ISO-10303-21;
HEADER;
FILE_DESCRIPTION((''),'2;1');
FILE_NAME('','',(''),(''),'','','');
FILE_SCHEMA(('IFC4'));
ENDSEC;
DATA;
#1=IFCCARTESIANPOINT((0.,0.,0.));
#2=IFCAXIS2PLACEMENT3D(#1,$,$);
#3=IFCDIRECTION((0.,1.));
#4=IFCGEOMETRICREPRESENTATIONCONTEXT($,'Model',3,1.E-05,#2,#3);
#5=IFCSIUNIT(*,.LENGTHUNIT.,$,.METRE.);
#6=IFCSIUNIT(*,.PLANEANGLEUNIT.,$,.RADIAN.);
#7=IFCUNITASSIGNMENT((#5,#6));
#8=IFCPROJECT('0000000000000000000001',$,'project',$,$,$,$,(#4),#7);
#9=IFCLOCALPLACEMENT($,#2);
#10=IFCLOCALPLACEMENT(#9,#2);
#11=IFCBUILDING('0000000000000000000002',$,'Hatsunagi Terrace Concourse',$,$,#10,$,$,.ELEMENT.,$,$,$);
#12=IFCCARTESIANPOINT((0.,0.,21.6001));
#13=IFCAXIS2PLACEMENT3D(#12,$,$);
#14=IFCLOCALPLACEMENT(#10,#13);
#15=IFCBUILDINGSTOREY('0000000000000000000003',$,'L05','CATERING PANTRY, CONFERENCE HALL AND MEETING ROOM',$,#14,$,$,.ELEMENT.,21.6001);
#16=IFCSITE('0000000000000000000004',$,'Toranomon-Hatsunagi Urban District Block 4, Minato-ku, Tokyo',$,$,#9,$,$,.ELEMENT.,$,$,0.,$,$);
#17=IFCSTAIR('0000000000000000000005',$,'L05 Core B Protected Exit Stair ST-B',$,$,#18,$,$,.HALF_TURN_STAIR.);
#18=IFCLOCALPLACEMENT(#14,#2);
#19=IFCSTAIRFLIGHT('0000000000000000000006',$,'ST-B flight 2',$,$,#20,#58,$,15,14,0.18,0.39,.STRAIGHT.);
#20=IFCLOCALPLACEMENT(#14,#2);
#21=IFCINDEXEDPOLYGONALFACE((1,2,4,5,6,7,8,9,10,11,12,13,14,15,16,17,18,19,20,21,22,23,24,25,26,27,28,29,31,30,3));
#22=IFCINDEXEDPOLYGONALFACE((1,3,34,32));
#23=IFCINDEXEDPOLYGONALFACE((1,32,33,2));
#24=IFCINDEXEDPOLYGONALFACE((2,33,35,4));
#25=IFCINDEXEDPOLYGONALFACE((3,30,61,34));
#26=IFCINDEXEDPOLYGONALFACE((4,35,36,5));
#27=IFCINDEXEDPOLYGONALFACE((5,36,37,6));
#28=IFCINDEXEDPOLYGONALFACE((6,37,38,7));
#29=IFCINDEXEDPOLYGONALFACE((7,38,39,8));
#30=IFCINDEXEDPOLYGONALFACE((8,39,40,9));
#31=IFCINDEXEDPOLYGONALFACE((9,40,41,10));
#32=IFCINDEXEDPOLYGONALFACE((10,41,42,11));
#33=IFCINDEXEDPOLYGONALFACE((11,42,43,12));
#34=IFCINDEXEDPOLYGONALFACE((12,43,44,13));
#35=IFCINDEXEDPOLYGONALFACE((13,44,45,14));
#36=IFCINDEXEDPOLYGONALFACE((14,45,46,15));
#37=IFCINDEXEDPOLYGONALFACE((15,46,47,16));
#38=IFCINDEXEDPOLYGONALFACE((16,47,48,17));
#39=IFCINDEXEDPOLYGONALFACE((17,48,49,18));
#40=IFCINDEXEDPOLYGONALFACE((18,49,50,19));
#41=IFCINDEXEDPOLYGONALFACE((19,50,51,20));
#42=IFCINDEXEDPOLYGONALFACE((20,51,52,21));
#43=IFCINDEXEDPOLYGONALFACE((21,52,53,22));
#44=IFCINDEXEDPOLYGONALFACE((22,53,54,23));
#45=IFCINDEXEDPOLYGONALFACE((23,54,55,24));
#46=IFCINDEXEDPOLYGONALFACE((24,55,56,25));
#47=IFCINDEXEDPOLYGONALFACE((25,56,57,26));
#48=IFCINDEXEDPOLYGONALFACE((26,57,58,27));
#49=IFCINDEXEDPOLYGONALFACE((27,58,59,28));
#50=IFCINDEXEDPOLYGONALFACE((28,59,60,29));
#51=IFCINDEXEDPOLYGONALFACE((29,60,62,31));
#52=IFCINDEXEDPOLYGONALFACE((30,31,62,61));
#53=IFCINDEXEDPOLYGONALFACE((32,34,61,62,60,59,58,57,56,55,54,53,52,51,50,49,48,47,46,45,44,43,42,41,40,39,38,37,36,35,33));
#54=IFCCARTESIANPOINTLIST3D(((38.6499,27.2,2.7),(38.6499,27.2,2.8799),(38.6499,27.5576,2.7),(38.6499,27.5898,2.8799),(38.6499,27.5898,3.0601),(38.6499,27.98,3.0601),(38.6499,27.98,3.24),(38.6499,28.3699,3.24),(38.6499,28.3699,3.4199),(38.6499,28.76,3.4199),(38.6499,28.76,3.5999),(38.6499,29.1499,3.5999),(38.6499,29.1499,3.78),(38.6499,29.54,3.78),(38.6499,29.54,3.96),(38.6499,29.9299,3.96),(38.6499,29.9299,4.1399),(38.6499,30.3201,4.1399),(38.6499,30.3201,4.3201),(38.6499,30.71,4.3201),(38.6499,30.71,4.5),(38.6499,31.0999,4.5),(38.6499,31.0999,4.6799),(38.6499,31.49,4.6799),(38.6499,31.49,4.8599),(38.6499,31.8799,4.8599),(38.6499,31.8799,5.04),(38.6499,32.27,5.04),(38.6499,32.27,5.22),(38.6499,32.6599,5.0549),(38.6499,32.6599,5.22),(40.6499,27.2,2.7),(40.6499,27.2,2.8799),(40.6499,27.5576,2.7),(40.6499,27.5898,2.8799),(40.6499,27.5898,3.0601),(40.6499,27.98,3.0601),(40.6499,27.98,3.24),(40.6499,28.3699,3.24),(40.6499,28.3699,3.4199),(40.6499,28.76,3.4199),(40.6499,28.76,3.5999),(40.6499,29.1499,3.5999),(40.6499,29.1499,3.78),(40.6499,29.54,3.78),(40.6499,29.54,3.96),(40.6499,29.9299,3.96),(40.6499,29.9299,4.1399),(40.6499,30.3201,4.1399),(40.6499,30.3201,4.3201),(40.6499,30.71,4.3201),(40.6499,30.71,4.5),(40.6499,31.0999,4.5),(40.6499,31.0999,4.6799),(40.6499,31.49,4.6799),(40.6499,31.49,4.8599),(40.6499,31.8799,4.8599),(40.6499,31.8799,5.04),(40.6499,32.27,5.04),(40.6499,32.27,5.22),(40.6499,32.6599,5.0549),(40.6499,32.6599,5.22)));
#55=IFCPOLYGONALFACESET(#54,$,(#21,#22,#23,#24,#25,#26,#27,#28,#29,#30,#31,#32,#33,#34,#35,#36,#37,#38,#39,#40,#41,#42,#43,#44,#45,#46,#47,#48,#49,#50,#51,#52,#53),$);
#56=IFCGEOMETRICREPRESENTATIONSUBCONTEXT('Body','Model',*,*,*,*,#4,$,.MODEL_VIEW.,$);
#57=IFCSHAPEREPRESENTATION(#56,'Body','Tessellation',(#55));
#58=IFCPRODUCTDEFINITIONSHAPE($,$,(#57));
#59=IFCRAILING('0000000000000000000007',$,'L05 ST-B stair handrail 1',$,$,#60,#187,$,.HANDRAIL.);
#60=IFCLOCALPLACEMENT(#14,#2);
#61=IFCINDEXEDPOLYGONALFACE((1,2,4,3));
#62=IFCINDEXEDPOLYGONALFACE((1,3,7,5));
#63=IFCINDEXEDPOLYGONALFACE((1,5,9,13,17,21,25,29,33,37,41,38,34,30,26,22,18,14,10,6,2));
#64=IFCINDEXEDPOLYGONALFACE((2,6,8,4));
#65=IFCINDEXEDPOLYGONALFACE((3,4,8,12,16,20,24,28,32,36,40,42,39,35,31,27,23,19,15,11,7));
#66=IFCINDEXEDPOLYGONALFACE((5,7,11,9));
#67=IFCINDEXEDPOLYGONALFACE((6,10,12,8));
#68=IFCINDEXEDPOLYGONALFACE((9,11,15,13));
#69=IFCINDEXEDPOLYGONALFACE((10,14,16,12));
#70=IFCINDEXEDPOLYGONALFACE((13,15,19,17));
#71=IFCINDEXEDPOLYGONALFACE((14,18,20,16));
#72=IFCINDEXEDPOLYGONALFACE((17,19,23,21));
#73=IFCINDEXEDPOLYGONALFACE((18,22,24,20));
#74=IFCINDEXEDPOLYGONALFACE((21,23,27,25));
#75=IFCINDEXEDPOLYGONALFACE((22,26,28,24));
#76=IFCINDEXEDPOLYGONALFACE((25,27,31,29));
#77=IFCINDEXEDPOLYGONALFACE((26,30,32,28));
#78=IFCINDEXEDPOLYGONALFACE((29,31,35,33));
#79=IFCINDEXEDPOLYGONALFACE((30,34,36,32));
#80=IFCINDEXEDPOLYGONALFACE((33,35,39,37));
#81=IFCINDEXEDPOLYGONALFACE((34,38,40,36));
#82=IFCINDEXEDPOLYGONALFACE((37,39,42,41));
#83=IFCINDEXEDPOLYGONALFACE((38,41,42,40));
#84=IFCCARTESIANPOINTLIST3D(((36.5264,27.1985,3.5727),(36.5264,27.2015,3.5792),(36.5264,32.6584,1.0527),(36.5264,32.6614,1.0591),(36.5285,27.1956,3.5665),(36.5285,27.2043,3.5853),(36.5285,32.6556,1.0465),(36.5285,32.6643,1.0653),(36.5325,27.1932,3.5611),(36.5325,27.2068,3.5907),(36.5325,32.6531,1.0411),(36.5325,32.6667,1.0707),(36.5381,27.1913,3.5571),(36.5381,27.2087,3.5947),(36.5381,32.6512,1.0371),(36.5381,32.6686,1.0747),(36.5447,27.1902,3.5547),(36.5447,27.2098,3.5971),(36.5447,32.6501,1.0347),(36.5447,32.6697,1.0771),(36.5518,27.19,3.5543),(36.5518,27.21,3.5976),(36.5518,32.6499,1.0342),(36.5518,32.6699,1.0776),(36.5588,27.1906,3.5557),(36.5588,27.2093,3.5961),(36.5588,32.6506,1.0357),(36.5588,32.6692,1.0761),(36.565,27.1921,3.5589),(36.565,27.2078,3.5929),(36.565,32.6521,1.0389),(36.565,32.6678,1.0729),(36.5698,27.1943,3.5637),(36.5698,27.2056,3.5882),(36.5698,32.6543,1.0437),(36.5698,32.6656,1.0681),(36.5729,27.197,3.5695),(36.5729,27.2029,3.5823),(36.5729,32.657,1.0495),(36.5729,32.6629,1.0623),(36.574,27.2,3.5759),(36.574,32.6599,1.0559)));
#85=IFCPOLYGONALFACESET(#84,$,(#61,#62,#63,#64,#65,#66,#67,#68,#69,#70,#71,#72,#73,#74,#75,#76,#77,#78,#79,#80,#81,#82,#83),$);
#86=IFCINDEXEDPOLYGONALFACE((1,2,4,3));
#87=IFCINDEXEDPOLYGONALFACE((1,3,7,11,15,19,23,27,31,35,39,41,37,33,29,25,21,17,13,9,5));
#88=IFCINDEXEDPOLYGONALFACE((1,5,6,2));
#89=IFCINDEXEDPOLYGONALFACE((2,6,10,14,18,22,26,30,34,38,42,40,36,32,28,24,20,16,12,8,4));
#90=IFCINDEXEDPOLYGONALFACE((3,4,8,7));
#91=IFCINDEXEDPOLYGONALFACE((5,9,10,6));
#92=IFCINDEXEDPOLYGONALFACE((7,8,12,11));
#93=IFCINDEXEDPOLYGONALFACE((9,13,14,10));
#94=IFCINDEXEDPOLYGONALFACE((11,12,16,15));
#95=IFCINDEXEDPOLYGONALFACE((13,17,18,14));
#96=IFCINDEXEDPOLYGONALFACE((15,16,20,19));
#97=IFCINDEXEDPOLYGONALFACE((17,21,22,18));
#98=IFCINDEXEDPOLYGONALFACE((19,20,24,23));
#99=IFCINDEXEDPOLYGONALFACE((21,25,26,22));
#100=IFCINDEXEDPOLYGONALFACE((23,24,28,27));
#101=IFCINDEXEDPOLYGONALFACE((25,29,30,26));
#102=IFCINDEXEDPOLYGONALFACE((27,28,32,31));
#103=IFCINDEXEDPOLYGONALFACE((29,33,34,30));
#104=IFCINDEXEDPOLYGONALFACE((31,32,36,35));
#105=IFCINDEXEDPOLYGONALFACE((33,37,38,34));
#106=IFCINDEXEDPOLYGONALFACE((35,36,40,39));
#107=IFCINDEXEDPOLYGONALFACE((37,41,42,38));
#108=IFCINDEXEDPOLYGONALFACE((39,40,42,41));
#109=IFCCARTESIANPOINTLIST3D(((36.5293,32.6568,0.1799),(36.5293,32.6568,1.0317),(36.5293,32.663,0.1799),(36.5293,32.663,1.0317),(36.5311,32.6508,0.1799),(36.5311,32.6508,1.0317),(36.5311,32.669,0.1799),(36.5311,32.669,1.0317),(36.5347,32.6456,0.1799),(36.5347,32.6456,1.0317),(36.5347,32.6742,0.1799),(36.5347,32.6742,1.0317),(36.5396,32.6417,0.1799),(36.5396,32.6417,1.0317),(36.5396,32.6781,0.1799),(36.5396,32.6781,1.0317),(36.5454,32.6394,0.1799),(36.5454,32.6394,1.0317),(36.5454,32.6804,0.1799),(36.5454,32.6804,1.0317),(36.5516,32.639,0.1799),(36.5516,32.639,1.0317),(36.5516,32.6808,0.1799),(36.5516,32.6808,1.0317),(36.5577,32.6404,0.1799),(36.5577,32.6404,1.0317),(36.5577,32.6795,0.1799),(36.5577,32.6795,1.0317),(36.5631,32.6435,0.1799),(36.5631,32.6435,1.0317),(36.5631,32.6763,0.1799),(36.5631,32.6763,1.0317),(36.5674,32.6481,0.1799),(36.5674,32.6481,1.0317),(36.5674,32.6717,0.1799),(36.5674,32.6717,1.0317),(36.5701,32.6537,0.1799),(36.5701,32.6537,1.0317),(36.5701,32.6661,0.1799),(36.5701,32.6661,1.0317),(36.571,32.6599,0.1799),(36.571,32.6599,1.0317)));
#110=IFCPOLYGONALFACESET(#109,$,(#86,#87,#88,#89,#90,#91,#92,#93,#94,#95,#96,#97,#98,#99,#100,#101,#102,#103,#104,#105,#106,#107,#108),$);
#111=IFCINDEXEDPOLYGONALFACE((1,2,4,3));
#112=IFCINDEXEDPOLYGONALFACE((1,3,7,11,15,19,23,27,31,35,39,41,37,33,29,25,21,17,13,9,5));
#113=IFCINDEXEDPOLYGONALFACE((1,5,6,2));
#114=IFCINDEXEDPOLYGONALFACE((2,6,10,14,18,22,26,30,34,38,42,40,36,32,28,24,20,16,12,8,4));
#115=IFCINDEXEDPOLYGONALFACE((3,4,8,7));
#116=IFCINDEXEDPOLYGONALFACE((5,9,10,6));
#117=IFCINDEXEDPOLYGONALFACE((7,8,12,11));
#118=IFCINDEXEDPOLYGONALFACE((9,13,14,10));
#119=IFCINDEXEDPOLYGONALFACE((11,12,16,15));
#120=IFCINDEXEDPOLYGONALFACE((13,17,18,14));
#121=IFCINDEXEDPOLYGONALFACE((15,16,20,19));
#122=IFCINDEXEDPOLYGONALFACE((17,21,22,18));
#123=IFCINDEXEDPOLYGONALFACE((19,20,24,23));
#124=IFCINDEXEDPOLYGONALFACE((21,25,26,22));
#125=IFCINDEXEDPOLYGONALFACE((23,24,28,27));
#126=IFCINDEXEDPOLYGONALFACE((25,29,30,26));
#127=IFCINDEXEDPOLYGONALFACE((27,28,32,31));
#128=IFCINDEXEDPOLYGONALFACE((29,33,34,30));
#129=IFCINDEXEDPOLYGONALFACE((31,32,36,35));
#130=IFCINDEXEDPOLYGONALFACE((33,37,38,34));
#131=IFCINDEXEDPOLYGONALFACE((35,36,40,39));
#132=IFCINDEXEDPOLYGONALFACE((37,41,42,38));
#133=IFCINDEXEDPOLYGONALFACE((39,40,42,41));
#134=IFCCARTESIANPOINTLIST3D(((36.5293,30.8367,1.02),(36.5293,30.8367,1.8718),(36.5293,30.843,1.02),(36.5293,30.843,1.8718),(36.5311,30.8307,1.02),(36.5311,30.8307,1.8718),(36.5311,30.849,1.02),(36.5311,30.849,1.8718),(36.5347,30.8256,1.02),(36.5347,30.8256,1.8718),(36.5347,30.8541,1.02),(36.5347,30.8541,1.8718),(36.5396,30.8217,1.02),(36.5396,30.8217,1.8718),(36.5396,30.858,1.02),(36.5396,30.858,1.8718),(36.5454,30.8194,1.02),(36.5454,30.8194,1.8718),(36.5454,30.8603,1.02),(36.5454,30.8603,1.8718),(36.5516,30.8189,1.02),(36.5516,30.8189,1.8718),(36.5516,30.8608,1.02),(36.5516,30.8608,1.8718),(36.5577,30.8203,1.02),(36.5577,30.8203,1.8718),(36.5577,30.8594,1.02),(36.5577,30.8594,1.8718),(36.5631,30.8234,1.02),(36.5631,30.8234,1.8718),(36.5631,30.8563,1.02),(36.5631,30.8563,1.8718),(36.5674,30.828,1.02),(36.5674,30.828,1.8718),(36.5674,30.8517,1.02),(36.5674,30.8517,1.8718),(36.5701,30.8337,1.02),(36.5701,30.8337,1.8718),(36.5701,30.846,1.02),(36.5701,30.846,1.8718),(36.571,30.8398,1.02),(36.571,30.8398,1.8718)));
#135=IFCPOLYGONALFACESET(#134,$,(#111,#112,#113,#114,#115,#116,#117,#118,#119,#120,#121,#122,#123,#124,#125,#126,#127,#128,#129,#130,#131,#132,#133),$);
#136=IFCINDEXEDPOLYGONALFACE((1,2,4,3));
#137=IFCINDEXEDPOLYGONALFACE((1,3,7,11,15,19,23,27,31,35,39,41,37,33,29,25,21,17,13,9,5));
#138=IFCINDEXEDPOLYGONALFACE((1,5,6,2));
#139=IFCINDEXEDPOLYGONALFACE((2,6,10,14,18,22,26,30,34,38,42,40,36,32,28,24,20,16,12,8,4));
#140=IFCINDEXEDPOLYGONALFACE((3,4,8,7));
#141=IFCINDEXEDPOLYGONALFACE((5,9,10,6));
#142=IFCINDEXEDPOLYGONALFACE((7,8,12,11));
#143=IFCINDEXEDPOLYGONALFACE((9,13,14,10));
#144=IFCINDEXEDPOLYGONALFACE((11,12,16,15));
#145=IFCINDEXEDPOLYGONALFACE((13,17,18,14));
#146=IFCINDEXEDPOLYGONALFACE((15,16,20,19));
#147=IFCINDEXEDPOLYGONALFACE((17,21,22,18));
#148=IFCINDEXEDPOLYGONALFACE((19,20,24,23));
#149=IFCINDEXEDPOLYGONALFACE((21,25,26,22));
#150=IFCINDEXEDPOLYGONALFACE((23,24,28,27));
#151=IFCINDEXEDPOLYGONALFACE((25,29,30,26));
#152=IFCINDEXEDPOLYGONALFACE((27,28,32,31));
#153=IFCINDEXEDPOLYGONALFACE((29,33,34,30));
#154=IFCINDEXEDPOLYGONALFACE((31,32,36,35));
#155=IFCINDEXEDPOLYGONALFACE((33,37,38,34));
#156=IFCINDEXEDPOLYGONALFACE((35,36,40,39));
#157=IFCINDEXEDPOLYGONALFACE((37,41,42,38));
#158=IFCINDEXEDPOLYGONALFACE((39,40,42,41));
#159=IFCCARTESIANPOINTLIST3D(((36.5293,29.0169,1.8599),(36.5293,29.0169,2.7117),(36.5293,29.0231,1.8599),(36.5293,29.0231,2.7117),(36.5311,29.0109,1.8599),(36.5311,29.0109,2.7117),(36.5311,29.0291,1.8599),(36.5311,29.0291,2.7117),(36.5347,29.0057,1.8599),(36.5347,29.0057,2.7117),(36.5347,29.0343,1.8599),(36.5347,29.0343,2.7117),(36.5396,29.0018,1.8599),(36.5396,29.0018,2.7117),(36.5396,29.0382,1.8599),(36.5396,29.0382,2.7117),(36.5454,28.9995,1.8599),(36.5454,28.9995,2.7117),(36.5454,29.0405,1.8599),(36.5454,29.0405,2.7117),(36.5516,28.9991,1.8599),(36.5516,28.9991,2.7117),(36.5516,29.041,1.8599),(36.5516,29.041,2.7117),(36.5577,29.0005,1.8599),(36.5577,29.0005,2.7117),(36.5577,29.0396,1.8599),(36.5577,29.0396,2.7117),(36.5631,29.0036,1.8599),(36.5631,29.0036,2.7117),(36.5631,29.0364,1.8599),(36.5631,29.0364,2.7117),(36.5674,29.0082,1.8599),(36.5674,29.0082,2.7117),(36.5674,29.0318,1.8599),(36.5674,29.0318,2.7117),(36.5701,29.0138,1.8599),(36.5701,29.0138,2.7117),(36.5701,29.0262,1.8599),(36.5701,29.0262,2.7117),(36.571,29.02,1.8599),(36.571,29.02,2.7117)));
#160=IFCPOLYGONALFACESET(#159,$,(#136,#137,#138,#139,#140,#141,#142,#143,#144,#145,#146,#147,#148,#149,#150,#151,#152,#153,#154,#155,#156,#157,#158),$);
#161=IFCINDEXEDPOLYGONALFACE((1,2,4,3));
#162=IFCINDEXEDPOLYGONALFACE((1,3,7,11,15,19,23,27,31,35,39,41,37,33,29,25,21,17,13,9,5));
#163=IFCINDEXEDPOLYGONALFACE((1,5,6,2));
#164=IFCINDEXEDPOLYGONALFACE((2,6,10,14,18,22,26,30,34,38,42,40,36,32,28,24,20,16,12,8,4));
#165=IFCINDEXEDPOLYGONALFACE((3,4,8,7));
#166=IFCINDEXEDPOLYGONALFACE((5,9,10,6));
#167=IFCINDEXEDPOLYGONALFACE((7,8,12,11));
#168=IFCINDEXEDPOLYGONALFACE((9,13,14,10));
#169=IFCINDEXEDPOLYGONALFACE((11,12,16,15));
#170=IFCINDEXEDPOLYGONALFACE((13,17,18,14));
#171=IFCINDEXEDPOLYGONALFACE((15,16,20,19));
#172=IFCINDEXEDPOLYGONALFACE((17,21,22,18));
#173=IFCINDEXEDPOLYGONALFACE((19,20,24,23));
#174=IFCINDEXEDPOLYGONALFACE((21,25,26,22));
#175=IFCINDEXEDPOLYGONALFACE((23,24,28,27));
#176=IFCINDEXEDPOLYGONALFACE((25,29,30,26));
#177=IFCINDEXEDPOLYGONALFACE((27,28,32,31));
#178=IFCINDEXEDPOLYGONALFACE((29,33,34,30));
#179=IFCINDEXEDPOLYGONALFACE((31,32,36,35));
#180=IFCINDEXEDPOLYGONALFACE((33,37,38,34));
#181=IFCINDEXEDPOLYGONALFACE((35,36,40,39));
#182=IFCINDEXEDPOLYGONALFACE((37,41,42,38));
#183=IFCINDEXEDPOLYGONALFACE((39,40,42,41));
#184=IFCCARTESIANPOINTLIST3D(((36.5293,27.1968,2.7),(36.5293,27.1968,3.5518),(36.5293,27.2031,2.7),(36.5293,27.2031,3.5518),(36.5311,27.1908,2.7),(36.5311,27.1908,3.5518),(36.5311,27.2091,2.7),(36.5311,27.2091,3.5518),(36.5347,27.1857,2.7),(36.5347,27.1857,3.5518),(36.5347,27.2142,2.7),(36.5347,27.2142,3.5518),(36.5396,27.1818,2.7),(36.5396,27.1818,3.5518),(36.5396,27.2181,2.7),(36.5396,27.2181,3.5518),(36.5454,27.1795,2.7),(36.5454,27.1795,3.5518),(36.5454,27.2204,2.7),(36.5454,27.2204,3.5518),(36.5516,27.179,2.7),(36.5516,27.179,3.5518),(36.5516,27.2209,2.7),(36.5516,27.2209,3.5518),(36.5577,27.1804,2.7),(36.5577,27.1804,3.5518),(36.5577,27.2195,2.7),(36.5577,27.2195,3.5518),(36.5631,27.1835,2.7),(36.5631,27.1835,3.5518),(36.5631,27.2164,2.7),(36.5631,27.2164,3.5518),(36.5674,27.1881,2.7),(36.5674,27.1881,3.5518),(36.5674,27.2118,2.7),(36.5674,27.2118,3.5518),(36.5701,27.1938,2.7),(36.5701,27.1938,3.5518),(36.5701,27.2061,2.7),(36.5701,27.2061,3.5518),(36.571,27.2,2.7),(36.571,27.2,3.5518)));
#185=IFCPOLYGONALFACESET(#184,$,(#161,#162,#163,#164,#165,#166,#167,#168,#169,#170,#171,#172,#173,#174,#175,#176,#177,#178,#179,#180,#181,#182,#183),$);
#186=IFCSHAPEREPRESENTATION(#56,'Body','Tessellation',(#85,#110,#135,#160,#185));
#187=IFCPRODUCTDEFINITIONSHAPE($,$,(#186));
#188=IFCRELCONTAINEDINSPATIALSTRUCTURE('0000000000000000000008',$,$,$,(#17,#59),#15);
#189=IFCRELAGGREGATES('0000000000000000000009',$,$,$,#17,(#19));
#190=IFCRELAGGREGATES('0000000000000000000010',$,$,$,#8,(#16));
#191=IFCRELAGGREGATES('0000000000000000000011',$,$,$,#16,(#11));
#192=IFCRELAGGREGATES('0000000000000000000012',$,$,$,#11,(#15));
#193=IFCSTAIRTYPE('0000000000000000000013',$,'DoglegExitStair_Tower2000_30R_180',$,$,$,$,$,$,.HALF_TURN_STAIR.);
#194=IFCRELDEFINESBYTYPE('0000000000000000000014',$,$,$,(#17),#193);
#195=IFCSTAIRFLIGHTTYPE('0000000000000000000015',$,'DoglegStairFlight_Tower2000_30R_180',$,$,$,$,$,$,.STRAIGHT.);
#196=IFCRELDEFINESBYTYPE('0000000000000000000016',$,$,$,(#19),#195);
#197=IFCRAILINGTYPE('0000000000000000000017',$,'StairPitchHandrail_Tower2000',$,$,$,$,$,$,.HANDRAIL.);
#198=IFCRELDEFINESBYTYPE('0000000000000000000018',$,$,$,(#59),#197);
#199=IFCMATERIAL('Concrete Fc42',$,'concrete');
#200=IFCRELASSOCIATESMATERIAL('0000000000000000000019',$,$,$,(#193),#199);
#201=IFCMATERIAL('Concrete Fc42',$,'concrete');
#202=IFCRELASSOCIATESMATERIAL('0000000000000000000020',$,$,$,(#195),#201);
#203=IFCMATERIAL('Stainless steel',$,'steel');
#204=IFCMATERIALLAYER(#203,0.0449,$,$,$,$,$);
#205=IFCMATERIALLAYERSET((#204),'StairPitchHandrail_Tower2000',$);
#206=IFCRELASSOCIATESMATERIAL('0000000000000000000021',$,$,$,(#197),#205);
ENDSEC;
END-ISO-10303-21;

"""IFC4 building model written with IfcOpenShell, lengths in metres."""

from ifc_helpers import new_model, si_unit, direction, frame, origin, origin_2d, place, context, subcontext, project, spatial, polyline, circle, outline, extrude, material, layer, layer_set, type_object, element, aggregate, save


model = new_model("IFC4")

# Units and contexts
model_context = context("Model", 3, precision=1e-05, world=origin(), true_north=direction((0.0, 1.0)))
body_context = subcontext(model_context, "Body", "Model", "MODEL_VIEW")
ifc_project = project(units=[si_unit("LENGTHUNIT", "METRE"), si_unit("PLANEANGLEUNIT", "RADIAN")], contexts=[model_context])

# Site, building, storey
site_placement = place(None, origin())
site = spatial("IfcSite", under=ifc_project, at=site_placement, Name="Toranomon-Hatsunagi Urban District Block 4, Minato-ku, Tokyo", CompositionType="ELEMENT", RefElevation=0.0)
building_placement = place(site_placement, origin())
building = spatial("IfcBuilding", under=site, at=building_placement, Name="Hatsunagi Terrace Concourse", CompositionType="ELEMENT")
storey_placement = place(building_placement, frame((0.0, 0.0, 21.6001)))
storey = spatial("IfcBuildingStorey", under=building, at=storey_placement, Name="L05", Description="CATERING PANTRY, CONFERENCE HALL AND MEETING ROOM", CompositionType="ELEMENT", Elevation=21.6001)

# Stair, stair flight
ifc_material_1 = material(Name="Concrete Fc42", Category="concrete")
stair_type = type_object("IfcStairType", Name="DoglegExitStair_Tower2000_30R_180", PredefinedType="HALF_TURN_STAIR", material=ifc_material_1)
stair_placement = place(storey_placement, origin())
stair = element("IfcStair", 1, at=stair_placement, inside=storey, type_object=stair_type, Name="L05 Core B Protected Exit Stair ST-B", PredefinedType="HALF_TURN_STAIR")
ifc_material_2 = material(Name="Concrete Fc42", Category="concrete")
stair_flight_type = type_object("IfcStairFlightType", Name="DoglegStairFlight_Tower2000_30R_180", PredefinedType="STRAIGHT", material=ifc_material_2)
stair_flight_1_placement = place(storey_placement, frame((39.6499, 27.2, 2.7), z_axis=(0.0, 0.0, 1.0), x_axis=(0.0, 1.0, 0.0)))
stair_flight_1 = element("IfcStairFlight", 2, at=stair_flight_1_placement, type_object=stair_flight_type, Name="ST-B flight 2", NumberOfRisers=15, NumberOfTreads=14, PredefinedType="STRAIGHT", RiserHeight=0.18, TreadLength=0.39, context=body_context, shape_type="SweptSolid", body=[
    extrude(outline(polyline([(0.0, 0.0), (0.0, 0.1799), (0.3899, 0.1799), (0.3899, 0.3601), (0.78, 0.3601), (0.78, 0.54), (1.1699, 0.54), (1.1699, 0.72), (1.5601, 0.72), (1.5601, 0.8999), (1.95, 0.8999), (1.95, 1.0801), (2.3401, 1.0801), (2.3401, 1.26), (2.73, 1.26), (2.73, 1.4399), (3.1201, 1.4399), (3.1201, 1.6201), (3.51, 1.6201), (3.51, 1.8), (3.8999, 1.8), (3.8999, 1.98), (4.29, 1.98), (4.29, 2.1599), (4.6799, 2.1599), (4.6799, 2.3401), (5.0701, 2.3401), (5.0701, 2.52), (5.46, 2.52), (5.46, 2.7), (5.46, 2.355), (0.3577, 0.0), (0.0, 0.0)])), frame((0.0, 1.0, 0.0), z_axis=(0.0, -1.0, 0.0), x_axis=(1.0, 0.0, 0.0)), (0.0, 0.0, 1.0), 2.0),
])
aggregate(stair, [stair_flight_1])

# Railing
ifc_material_3 = material(Name="Stainless steel", Category="steel")
ifc_layer_1 = layer(ifc_material_3, 0.0449)
ifc_layer_set_1 = layer_set([ifc_layer_1], Name="StairPitchHandrail_Tower2000")
railing_type_1 = type_object("IfcRailingType", Name="StairPitchHandrail_Tower2000", PredefinedType="HANDRAIL", material=ifc_layer_set_1)
railing_1_placement = place(storey_placement, frame((36.55, 32.6599, 0.1799)))
element("IfcRailing", 3, at=railing_1_placement, inside=storey, type_object=railing_type_1, Name="L05 ST-B stair handrail 1", PredefinedType="HANDRAIL", context=body_context, shape_type="SweptSolid", body=[
    extrude(circle(Radius=0.0239, at=origin_2d()), frame((0.0, 0.0, 0.876), z_axis=(0.0, -0.907957, 0.419063), x_axis=(1.0, 0.0, 0.0)), (0.0, 0.0, 1.0), 6.0134),
    extrude(circle(Radius=0.021, at=origin_2d()), origin(), (0.0, 0.0, 1.0), 0.8518),
    extrude(circle(Radius=0.021, at=origin_2d()), frame((0.0, -1.8201, 0.8401)), (0.0, 0.0, 1.0), 0.8518),
    extrude(circle(Radius=0.021, at=origin_2d()), frame((0.0, -3.6399, 1.6799)), (0.0, 0.0, 1.0), 0.8518),
    extrude(circle(Radius=0.021, at=origin_2d()), frame((0.0, -5.46, 2.52)), (0.0, 0.0, 1.0), 0.8518),
])

save(model, "model.ifc")
